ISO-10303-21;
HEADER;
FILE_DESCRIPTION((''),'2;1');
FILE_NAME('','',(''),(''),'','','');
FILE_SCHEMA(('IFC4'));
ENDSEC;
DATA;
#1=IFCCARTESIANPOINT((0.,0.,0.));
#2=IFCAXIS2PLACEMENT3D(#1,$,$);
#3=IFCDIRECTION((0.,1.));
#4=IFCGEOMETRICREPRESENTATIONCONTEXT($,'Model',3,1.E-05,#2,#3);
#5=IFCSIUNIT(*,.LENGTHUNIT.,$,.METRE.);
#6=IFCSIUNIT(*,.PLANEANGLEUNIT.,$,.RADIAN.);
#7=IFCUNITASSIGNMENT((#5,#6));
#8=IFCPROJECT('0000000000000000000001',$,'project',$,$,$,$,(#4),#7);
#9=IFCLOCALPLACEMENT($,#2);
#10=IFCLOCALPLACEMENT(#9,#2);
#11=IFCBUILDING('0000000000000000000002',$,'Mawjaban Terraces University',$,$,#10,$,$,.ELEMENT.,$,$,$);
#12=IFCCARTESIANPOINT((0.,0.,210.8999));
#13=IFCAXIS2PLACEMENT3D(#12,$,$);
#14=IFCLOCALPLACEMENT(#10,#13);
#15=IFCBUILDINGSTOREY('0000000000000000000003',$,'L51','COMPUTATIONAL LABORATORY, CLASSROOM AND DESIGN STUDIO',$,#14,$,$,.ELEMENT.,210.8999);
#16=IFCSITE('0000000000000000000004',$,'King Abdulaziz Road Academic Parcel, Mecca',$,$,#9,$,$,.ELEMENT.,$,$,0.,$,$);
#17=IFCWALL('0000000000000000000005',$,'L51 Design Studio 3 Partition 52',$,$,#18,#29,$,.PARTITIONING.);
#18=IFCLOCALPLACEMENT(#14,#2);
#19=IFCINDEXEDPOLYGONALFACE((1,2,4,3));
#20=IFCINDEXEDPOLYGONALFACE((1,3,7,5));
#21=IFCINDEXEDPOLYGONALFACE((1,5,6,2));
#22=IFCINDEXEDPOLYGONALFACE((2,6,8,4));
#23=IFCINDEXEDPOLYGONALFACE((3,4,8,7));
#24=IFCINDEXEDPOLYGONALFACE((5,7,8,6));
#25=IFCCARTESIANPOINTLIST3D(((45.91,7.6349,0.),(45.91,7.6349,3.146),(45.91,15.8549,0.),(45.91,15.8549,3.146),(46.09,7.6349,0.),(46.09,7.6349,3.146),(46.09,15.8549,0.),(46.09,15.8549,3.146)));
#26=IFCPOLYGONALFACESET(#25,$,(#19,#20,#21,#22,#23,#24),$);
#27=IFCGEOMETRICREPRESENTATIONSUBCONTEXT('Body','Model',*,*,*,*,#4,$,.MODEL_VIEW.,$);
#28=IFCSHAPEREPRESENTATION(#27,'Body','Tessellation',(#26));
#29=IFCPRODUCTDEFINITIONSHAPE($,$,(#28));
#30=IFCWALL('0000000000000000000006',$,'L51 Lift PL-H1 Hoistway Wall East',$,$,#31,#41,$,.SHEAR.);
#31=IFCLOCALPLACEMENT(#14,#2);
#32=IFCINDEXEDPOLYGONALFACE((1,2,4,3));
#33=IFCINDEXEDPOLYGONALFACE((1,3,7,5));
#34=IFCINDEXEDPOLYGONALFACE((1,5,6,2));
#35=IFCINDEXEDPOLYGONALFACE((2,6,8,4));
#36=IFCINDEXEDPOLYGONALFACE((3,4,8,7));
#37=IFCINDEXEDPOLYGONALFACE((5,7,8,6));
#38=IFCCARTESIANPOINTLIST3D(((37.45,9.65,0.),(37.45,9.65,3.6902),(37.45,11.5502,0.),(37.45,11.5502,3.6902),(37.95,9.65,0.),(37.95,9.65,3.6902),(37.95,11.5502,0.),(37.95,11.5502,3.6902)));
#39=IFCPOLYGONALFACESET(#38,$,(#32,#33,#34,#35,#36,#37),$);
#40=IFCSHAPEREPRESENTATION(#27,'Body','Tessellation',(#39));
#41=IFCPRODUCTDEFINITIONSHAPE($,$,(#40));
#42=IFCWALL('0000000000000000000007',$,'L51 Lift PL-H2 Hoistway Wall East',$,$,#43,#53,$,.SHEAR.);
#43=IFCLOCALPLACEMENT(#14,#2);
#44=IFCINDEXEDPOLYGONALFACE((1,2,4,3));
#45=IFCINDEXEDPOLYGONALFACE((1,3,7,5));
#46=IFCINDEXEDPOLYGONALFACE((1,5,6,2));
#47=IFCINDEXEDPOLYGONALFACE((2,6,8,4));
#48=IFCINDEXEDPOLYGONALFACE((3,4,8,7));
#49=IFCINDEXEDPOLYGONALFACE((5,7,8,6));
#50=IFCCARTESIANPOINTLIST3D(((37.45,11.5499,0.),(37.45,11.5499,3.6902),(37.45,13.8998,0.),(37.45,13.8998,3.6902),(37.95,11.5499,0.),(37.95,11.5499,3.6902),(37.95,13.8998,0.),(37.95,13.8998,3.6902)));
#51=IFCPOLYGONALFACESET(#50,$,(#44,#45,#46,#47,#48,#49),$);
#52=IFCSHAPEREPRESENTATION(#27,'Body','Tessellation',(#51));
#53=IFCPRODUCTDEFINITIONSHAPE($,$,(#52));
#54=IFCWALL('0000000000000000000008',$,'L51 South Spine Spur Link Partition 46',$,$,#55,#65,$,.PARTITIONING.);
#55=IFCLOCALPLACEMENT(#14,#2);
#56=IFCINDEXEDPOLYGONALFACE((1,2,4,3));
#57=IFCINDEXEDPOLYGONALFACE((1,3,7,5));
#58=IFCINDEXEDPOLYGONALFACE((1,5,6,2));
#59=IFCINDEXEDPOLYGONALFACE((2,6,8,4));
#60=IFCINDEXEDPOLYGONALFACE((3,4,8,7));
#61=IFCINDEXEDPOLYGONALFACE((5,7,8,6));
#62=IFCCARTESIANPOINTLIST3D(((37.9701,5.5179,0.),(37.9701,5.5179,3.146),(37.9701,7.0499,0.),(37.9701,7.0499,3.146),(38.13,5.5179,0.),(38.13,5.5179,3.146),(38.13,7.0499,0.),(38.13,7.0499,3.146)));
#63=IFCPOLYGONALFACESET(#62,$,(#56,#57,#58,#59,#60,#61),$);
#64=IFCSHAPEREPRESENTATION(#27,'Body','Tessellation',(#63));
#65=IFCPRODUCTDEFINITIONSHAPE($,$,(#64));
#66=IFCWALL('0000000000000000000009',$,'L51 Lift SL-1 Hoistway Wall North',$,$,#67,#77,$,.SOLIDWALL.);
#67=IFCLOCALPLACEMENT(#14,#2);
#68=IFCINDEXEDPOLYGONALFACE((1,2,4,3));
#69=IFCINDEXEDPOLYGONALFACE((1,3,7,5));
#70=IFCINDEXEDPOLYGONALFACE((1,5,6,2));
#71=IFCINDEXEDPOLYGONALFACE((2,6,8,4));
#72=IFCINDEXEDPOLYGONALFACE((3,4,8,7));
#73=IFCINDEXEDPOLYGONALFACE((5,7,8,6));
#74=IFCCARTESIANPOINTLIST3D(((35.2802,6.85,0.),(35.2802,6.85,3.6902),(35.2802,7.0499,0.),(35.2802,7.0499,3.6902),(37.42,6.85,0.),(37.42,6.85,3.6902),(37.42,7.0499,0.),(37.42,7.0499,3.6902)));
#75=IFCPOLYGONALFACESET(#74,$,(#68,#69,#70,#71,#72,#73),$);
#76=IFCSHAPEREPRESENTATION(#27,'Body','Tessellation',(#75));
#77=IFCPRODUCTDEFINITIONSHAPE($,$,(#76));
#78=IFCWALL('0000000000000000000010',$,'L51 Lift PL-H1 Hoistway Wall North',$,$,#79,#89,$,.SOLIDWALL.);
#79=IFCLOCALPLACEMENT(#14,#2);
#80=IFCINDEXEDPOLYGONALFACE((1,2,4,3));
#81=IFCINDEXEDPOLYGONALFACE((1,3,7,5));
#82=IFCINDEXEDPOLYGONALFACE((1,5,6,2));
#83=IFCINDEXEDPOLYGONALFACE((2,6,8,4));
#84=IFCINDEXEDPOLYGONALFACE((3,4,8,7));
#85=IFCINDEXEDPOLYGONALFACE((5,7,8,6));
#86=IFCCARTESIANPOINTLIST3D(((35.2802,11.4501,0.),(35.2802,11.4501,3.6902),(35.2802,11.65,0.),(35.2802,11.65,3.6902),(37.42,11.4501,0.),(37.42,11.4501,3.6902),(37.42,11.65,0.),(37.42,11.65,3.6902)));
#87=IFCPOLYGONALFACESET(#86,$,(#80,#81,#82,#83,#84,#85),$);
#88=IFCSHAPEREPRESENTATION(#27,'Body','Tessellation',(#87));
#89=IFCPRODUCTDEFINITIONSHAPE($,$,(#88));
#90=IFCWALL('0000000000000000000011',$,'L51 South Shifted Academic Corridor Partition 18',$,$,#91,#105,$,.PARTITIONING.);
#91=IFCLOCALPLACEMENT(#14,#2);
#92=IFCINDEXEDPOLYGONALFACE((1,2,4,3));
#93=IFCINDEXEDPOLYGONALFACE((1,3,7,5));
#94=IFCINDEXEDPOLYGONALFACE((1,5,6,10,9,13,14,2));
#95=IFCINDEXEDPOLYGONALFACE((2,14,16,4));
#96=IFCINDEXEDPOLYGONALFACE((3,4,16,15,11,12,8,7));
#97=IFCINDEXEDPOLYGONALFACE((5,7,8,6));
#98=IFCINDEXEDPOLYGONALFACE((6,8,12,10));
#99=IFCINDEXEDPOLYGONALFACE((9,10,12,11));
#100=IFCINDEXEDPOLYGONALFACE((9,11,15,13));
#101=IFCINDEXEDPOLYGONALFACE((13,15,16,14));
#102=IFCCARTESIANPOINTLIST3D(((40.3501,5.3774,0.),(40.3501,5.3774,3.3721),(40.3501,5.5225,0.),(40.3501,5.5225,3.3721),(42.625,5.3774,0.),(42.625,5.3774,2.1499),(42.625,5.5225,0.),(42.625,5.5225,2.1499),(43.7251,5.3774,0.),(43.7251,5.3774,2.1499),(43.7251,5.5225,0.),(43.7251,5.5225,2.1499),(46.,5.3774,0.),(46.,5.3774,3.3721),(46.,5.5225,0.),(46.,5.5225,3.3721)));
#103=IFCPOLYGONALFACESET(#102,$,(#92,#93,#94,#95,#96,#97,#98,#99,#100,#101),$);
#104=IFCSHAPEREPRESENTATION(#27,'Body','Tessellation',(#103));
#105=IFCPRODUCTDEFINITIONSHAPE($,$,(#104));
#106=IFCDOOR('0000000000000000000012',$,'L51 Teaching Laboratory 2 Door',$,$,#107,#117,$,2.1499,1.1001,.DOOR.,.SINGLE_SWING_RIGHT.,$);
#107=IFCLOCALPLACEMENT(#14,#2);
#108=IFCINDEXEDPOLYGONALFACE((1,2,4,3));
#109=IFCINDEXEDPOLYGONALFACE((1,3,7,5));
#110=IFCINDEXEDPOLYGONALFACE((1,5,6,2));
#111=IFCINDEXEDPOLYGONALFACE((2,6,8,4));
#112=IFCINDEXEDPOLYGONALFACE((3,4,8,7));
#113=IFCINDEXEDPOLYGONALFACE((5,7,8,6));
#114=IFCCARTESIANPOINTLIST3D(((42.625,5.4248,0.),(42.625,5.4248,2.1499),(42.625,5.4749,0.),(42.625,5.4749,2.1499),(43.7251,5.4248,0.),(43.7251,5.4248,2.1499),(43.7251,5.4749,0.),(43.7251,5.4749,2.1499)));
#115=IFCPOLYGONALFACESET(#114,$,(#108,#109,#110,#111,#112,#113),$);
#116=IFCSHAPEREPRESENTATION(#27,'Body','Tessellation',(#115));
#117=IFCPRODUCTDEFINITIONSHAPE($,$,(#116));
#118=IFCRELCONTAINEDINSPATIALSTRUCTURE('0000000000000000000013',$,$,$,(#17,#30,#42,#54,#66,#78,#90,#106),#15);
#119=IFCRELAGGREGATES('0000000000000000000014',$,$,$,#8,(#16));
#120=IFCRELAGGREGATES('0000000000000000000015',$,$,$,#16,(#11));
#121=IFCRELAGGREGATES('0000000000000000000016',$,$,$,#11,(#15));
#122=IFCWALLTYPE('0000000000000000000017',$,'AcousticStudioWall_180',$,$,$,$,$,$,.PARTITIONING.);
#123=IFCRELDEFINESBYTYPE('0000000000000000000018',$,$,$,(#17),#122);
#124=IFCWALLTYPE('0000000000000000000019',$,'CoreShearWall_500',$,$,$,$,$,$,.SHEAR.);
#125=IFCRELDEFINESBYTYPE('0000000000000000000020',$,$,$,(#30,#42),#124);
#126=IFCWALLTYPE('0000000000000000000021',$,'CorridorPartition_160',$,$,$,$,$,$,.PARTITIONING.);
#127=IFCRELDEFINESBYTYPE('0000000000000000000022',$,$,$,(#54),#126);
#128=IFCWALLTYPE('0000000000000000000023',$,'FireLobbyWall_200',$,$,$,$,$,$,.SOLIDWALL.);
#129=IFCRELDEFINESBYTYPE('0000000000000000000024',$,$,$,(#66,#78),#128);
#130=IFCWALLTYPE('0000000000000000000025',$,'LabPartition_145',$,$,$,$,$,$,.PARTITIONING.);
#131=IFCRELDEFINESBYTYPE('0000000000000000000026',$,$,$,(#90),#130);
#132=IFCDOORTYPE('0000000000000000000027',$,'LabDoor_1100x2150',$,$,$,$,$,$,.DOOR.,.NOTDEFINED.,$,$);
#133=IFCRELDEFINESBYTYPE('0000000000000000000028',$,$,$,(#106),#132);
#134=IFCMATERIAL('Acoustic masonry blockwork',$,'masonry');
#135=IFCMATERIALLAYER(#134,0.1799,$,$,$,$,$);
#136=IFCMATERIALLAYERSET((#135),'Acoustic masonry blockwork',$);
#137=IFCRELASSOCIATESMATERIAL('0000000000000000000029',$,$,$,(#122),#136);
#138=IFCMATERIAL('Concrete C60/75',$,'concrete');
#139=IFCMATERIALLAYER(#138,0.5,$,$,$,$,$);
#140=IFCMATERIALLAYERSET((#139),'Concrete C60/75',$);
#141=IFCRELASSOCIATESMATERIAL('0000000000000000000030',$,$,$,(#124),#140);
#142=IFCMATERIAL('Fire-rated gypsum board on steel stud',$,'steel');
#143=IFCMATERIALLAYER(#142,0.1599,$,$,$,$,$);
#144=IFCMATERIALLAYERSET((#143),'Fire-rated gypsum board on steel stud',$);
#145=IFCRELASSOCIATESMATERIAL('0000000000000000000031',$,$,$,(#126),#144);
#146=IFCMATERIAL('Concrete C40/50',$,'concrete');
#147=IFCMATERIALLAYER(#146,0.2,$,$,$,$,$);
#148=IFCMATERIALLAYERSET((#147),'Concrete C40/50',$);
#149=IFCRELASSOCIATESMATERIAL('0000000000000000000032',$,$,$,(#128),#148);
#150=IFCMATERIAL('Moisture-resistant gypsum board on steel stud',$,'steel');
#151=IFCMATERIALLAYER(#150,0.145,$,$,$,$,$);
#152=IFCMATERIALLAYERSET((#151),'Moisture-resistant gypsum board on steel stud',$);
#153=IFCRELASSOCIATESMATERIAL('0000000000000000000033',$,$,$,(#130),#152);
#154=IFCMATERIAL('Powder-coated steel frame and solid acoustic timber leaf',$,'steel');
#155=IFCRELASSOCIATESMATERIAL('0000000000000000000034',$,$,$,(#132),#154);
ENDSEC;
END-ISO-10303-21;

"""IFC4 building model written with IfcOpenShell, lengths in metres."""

from ifc_helpers import new_model, si_unit, direction, frame, frame_2d, origin, place, context, subcontext, project, spatial, rectangle, extrude, material, layer, layer_set, type_object, element, fill, save


model = new_model("IFC4")

# Units and contexts
model_context = context("Model", 3, precision=1e-05, world=origin(), true_north=direction((0.0, 1.0)))
body_context = subcontext(model_context, "Body", "Model", "MODEL_VIEW")
ifc_project = project(units=[si_unit("LENGTHUNIT", "METRE"), si_unit("PLANEANGLEUNIT", "RADIAN")], contexts=[model_context])

# Site, building, storey
site_placement = place(None, origin())
site = spatial("IfcSite", under=ifc_project, at=site_placement, Name="King Abdulaziz Road Academic Parcel, Mecca", CompositionType="ELEMENT", RefElevation=0.0)
building_placement = place(site_placement, origin())
building = spatial("IfcBuilding", under=site, at=building_placement, Name="Mawjaban Terraces University", CompositionType="ELEMENT")
storey_placement = place(building_placement, frame((0.0, 0.0, 210.8999)))
storey = spatial("IfcBuildingStorey", under=building, at=storey_placement, Name="L51", Description="COMPUTATIONAL LABORATORY, CLASSROOM AND DESIGN STUDIO", CompositionType="ELEMENT", Elevation=210.8999)

# Shared definitions
ifc_material_1 = material(Name="Concrete C60/75", Category="concrete")

# Shared definitions
ifc_material_2 = material(Name="Acoustic masonry blockwork", Category="masonry")
ifc_layer_1 = layer(ifc_material_2, 0.1799)
ifc_layer_set_1 = layer_set([ifc_layer_1], Name="Acoustic masonry blockwork")
wall_type_1 = type_object("IfcWallType", Name="AcousticStudioWall_180", PredefinedType="PARTITIONING", material=ifc_layer_set_1)

# Shared definitions
ifc_material_3 = material(Name="Powder-coated steel frame and solid acoustic timber leaf", Category="steel")

# Walls
wall_1_placement = place(storey_placement, frame((46.0, 7.635, 0.0), z_axis=(0.0, 0.0, 1.0), x_axis=(0.0, 1.0, 0.0)))
element("IfcWall", 1, at=wall_1_placement, inside=storey, type_object=wall_type_1, Name="L51 Design Studio 3 Partition 52", PredefinedType="PARTITIONING", context=body_context, shape_type="SweptSolid", body=[
    extrude(rectangle(XDim=8.22, YDim=0.1799, at=frame_2d((4.1099, 0.0))), origin(), (0.0, 0.0, 1.0), 3.146),
])
ifc_layer_2 = layer(ifc_material_1, 0.5)
ifc_layer_set_2 = layer_set([ifc_layer_2], Name="Concrete C60/75")
wall_type_2 = type_object("IfcWallType", Name="CoreShearWall_500", PredefinedType="SHEAR", material=ifc_layer_set_2)
wall_2_placement = place(storey_placement, frame((37.7, 9.6499, 0.0), z_axis=(0.0, 0.0, 1.0), x_axis=(0.0, 1.0, 0.0)))
element("IfcWall", 2, at=wall_2_placement, inside=storey, type_object=wall_type_2, Name="L51 Lift PL-H1 Hoistway Wall East", PredefinedType="SHEAR", context=body_context, shape_type="SweptSolid", body=[
    extrude(rectangle(XDim=1.9001, YDim=0.5, at=frame_2d((0.9502, 0.0))), origin(), (0.0, 0.0, 1.0), 3.6902),
])
wall_3_placement = place(storey_placement, frame((37.7, 11.55, 0.0), z_axis=(0.0, 0.0, 1.0), x_axis=(0.0, 1.0, 0.0)))
element("IfcWall", 3, at=wall_3_placement, inside=storey, type_object=wall_type_2, Name="L51 Lift PL-H2 Hoistway Wall East", PredefinedType="SHEAR", context=body_context, shape_type="SweptSolid", body=[
    extrude(rectangle(XDim=2.3499, YDim=0.5, at=frame_2d((1.1748, 0.0))), origin(), (0.0, 0.0, 1.0), 3.6902),
])
ifc_material_4 = material(Name="Fire-rated gypsum board on steel stud", Category="steel")
ifc_layer_3 = layer(ifc_material_4, 0.1599)
ifc_layer_set_3 = layer_set([ifc_layer_3], Name="Fire-rated gypsum board on steel stud")
wall_type_3 = type_object("IfcWallType", Name="CorridorPartition_160", PredefinedType="PARTITIONING", material=ifc_layer_set_3)
wall_4_placement = place(storey_placement, frame((38.05, 7.05, 0.0), z_axis=(0.0, 0.0, 1.0), x_axis=(0.0, -1.0, 0.0)))
element("IfcWall", 4, at=wall_4_placement, inside=storey, type_object=wall_type_3, Name="L51 South Spine Spur Link Partition 46", PredefinedType="PARTITIONING", context=body_context, shape_type="SweptSolid", body=[
    extrude(rectangle(XDim=1.532, YDim=0.1599, at=frame_2d((0.7661, 0.0))), origin(), (0.0, 0.0, 1.0), 3.146),
])
ifc_material_5 = material(Name="Concrete C40/50", Category="concrete")
ifc_layer_4 = layer(ifc_material_5, 0.2)
ifc_layer_set_4 = layer_set([ifc_layer_4], Name="Concrete C40/50")
wall_type_4 = type_object("IfcWallType", Name="FireLobbyWall_200", PredefinedType="SOLIDWALL", material=ifc_layer_set_4)
for number, where, z_axis, x_axis, name in (
    (5, (37.4199, 6.95, 0.0), (0.0, 0.0, 1.0), (-1.0, 0.0, 0.0), "L51 Lift SL-1 Hoistway Wall North"),
    (6, (37.4199, 11.55, 0.0), (0.0, 0.0, 1.0), (-1.0, 0.0, 0.0), "L51 Lift PL-H1 Hoistway Wall North"),
):
    element("IfcWall", number, at=place(storey_placement, frame(where, z_axis=z_axis, x_axis=x_axis)), inside=storey, type_object=wall_type_4, Name=name, PredefinedType="SOLIDWALL", context=body_context, shape_type="SweptSolid", body=[
        extrude(rectangle(XDim=2.1399, YDim=0.2, at=frame_2d((1.0698, 0.0))), origin(), (0.0, 0.0, 1.0), 3.6902),
    ])

# Wall, opening, door
ifc_material_6 = material(Name="Moisture-resistant gypsum board on steel stud", Category="steel")
ifc_layer_5 = layer(ifc_material_6, 0.145)
ifc_layer_set_5 = layer_set([ifc_layer_5], Name="Moisture-resistant gypsum board on steel stud")
wall_type_5 = type_object("IfcWallType", Name="LabPartition_145", PredefinedType="PARTITIONING", material=ifc_layer_set_5)
wall_5_placement = place(storey_placement, frame((40.3501, 5.45, 0.0), z_axis=(0.0, 0.0, 1.0), x_axis=(1.0, 0.0, 0.0)))
wall_5 = element("IfcWall", 7, at=wall_5_placement, inside=storey, type_object=wall_type_5, Name="L51 South Shifted Academic Corridor Partition 18", PredefinedType="PARTITIONING", context=body_context, shape_type="SweptSolid", body=[
    extrude(rectangle(XDim=5.6499, YDim=0.145, at=frame_2d((2.825, 0.0))), origin(), (0.0, 0.0, 1.0), 3.3721),
])
opening_1_placement = place(wall_5_placement, frame((2.2749, 0.0, 0.0)))
opening_1 = element("IfcOpeningElement", 8, at=opening_1_placement, cuts=wall_5, PredefinedType="OPENING", context=body_context, shape_type="SweptSolid", body=[
    extrude(rectangle(XDim=1.1001, YDim=2.1499, at=frame_2d((0.55, 1.075))), frame((0.0, 0.0825, 0.0), z_axis=(0.0, -1.0, 0.0), x_axis=(1.0, 0.0, 0.0)), (0.0, 0.0, 1.0), 0.165),
])
door_type_1 = type_object("IfcDoorType", Name="LabDoor_1100x2150", OperationType="NOTDEFINED", PredefinedType="DOOR", material=ifc_material_3)
door_1_placement = place(opening_1_placement, origin())
door_1 = element("IfcDoor", 9, at=door_1_placement, inside=storey, type_object=door_type_1, Name="L51 Teaching Laboratory 2 Door", OperationType="SINGLE_SWING_RIGHT", OverallHeight=2.1499, OverallWidth=1.1001, PredefinedType="DOOR", context=body_context, shape_type="SweptSolid", body=[
    extrude(rectangle(XDim=1.1001, YDim=2.1499, at=frame_2d((0.55, 1.075))), frame((0.0, 0.0249, 0.0), z_axis=(0.0, -1.0, 0.0), x_axis=(1.0, 0.0, 0.0)), (0.0, 0.0, 1.0), 0.05),
])
fill(opening_1, door_1)

save(model, "model.ifc")
